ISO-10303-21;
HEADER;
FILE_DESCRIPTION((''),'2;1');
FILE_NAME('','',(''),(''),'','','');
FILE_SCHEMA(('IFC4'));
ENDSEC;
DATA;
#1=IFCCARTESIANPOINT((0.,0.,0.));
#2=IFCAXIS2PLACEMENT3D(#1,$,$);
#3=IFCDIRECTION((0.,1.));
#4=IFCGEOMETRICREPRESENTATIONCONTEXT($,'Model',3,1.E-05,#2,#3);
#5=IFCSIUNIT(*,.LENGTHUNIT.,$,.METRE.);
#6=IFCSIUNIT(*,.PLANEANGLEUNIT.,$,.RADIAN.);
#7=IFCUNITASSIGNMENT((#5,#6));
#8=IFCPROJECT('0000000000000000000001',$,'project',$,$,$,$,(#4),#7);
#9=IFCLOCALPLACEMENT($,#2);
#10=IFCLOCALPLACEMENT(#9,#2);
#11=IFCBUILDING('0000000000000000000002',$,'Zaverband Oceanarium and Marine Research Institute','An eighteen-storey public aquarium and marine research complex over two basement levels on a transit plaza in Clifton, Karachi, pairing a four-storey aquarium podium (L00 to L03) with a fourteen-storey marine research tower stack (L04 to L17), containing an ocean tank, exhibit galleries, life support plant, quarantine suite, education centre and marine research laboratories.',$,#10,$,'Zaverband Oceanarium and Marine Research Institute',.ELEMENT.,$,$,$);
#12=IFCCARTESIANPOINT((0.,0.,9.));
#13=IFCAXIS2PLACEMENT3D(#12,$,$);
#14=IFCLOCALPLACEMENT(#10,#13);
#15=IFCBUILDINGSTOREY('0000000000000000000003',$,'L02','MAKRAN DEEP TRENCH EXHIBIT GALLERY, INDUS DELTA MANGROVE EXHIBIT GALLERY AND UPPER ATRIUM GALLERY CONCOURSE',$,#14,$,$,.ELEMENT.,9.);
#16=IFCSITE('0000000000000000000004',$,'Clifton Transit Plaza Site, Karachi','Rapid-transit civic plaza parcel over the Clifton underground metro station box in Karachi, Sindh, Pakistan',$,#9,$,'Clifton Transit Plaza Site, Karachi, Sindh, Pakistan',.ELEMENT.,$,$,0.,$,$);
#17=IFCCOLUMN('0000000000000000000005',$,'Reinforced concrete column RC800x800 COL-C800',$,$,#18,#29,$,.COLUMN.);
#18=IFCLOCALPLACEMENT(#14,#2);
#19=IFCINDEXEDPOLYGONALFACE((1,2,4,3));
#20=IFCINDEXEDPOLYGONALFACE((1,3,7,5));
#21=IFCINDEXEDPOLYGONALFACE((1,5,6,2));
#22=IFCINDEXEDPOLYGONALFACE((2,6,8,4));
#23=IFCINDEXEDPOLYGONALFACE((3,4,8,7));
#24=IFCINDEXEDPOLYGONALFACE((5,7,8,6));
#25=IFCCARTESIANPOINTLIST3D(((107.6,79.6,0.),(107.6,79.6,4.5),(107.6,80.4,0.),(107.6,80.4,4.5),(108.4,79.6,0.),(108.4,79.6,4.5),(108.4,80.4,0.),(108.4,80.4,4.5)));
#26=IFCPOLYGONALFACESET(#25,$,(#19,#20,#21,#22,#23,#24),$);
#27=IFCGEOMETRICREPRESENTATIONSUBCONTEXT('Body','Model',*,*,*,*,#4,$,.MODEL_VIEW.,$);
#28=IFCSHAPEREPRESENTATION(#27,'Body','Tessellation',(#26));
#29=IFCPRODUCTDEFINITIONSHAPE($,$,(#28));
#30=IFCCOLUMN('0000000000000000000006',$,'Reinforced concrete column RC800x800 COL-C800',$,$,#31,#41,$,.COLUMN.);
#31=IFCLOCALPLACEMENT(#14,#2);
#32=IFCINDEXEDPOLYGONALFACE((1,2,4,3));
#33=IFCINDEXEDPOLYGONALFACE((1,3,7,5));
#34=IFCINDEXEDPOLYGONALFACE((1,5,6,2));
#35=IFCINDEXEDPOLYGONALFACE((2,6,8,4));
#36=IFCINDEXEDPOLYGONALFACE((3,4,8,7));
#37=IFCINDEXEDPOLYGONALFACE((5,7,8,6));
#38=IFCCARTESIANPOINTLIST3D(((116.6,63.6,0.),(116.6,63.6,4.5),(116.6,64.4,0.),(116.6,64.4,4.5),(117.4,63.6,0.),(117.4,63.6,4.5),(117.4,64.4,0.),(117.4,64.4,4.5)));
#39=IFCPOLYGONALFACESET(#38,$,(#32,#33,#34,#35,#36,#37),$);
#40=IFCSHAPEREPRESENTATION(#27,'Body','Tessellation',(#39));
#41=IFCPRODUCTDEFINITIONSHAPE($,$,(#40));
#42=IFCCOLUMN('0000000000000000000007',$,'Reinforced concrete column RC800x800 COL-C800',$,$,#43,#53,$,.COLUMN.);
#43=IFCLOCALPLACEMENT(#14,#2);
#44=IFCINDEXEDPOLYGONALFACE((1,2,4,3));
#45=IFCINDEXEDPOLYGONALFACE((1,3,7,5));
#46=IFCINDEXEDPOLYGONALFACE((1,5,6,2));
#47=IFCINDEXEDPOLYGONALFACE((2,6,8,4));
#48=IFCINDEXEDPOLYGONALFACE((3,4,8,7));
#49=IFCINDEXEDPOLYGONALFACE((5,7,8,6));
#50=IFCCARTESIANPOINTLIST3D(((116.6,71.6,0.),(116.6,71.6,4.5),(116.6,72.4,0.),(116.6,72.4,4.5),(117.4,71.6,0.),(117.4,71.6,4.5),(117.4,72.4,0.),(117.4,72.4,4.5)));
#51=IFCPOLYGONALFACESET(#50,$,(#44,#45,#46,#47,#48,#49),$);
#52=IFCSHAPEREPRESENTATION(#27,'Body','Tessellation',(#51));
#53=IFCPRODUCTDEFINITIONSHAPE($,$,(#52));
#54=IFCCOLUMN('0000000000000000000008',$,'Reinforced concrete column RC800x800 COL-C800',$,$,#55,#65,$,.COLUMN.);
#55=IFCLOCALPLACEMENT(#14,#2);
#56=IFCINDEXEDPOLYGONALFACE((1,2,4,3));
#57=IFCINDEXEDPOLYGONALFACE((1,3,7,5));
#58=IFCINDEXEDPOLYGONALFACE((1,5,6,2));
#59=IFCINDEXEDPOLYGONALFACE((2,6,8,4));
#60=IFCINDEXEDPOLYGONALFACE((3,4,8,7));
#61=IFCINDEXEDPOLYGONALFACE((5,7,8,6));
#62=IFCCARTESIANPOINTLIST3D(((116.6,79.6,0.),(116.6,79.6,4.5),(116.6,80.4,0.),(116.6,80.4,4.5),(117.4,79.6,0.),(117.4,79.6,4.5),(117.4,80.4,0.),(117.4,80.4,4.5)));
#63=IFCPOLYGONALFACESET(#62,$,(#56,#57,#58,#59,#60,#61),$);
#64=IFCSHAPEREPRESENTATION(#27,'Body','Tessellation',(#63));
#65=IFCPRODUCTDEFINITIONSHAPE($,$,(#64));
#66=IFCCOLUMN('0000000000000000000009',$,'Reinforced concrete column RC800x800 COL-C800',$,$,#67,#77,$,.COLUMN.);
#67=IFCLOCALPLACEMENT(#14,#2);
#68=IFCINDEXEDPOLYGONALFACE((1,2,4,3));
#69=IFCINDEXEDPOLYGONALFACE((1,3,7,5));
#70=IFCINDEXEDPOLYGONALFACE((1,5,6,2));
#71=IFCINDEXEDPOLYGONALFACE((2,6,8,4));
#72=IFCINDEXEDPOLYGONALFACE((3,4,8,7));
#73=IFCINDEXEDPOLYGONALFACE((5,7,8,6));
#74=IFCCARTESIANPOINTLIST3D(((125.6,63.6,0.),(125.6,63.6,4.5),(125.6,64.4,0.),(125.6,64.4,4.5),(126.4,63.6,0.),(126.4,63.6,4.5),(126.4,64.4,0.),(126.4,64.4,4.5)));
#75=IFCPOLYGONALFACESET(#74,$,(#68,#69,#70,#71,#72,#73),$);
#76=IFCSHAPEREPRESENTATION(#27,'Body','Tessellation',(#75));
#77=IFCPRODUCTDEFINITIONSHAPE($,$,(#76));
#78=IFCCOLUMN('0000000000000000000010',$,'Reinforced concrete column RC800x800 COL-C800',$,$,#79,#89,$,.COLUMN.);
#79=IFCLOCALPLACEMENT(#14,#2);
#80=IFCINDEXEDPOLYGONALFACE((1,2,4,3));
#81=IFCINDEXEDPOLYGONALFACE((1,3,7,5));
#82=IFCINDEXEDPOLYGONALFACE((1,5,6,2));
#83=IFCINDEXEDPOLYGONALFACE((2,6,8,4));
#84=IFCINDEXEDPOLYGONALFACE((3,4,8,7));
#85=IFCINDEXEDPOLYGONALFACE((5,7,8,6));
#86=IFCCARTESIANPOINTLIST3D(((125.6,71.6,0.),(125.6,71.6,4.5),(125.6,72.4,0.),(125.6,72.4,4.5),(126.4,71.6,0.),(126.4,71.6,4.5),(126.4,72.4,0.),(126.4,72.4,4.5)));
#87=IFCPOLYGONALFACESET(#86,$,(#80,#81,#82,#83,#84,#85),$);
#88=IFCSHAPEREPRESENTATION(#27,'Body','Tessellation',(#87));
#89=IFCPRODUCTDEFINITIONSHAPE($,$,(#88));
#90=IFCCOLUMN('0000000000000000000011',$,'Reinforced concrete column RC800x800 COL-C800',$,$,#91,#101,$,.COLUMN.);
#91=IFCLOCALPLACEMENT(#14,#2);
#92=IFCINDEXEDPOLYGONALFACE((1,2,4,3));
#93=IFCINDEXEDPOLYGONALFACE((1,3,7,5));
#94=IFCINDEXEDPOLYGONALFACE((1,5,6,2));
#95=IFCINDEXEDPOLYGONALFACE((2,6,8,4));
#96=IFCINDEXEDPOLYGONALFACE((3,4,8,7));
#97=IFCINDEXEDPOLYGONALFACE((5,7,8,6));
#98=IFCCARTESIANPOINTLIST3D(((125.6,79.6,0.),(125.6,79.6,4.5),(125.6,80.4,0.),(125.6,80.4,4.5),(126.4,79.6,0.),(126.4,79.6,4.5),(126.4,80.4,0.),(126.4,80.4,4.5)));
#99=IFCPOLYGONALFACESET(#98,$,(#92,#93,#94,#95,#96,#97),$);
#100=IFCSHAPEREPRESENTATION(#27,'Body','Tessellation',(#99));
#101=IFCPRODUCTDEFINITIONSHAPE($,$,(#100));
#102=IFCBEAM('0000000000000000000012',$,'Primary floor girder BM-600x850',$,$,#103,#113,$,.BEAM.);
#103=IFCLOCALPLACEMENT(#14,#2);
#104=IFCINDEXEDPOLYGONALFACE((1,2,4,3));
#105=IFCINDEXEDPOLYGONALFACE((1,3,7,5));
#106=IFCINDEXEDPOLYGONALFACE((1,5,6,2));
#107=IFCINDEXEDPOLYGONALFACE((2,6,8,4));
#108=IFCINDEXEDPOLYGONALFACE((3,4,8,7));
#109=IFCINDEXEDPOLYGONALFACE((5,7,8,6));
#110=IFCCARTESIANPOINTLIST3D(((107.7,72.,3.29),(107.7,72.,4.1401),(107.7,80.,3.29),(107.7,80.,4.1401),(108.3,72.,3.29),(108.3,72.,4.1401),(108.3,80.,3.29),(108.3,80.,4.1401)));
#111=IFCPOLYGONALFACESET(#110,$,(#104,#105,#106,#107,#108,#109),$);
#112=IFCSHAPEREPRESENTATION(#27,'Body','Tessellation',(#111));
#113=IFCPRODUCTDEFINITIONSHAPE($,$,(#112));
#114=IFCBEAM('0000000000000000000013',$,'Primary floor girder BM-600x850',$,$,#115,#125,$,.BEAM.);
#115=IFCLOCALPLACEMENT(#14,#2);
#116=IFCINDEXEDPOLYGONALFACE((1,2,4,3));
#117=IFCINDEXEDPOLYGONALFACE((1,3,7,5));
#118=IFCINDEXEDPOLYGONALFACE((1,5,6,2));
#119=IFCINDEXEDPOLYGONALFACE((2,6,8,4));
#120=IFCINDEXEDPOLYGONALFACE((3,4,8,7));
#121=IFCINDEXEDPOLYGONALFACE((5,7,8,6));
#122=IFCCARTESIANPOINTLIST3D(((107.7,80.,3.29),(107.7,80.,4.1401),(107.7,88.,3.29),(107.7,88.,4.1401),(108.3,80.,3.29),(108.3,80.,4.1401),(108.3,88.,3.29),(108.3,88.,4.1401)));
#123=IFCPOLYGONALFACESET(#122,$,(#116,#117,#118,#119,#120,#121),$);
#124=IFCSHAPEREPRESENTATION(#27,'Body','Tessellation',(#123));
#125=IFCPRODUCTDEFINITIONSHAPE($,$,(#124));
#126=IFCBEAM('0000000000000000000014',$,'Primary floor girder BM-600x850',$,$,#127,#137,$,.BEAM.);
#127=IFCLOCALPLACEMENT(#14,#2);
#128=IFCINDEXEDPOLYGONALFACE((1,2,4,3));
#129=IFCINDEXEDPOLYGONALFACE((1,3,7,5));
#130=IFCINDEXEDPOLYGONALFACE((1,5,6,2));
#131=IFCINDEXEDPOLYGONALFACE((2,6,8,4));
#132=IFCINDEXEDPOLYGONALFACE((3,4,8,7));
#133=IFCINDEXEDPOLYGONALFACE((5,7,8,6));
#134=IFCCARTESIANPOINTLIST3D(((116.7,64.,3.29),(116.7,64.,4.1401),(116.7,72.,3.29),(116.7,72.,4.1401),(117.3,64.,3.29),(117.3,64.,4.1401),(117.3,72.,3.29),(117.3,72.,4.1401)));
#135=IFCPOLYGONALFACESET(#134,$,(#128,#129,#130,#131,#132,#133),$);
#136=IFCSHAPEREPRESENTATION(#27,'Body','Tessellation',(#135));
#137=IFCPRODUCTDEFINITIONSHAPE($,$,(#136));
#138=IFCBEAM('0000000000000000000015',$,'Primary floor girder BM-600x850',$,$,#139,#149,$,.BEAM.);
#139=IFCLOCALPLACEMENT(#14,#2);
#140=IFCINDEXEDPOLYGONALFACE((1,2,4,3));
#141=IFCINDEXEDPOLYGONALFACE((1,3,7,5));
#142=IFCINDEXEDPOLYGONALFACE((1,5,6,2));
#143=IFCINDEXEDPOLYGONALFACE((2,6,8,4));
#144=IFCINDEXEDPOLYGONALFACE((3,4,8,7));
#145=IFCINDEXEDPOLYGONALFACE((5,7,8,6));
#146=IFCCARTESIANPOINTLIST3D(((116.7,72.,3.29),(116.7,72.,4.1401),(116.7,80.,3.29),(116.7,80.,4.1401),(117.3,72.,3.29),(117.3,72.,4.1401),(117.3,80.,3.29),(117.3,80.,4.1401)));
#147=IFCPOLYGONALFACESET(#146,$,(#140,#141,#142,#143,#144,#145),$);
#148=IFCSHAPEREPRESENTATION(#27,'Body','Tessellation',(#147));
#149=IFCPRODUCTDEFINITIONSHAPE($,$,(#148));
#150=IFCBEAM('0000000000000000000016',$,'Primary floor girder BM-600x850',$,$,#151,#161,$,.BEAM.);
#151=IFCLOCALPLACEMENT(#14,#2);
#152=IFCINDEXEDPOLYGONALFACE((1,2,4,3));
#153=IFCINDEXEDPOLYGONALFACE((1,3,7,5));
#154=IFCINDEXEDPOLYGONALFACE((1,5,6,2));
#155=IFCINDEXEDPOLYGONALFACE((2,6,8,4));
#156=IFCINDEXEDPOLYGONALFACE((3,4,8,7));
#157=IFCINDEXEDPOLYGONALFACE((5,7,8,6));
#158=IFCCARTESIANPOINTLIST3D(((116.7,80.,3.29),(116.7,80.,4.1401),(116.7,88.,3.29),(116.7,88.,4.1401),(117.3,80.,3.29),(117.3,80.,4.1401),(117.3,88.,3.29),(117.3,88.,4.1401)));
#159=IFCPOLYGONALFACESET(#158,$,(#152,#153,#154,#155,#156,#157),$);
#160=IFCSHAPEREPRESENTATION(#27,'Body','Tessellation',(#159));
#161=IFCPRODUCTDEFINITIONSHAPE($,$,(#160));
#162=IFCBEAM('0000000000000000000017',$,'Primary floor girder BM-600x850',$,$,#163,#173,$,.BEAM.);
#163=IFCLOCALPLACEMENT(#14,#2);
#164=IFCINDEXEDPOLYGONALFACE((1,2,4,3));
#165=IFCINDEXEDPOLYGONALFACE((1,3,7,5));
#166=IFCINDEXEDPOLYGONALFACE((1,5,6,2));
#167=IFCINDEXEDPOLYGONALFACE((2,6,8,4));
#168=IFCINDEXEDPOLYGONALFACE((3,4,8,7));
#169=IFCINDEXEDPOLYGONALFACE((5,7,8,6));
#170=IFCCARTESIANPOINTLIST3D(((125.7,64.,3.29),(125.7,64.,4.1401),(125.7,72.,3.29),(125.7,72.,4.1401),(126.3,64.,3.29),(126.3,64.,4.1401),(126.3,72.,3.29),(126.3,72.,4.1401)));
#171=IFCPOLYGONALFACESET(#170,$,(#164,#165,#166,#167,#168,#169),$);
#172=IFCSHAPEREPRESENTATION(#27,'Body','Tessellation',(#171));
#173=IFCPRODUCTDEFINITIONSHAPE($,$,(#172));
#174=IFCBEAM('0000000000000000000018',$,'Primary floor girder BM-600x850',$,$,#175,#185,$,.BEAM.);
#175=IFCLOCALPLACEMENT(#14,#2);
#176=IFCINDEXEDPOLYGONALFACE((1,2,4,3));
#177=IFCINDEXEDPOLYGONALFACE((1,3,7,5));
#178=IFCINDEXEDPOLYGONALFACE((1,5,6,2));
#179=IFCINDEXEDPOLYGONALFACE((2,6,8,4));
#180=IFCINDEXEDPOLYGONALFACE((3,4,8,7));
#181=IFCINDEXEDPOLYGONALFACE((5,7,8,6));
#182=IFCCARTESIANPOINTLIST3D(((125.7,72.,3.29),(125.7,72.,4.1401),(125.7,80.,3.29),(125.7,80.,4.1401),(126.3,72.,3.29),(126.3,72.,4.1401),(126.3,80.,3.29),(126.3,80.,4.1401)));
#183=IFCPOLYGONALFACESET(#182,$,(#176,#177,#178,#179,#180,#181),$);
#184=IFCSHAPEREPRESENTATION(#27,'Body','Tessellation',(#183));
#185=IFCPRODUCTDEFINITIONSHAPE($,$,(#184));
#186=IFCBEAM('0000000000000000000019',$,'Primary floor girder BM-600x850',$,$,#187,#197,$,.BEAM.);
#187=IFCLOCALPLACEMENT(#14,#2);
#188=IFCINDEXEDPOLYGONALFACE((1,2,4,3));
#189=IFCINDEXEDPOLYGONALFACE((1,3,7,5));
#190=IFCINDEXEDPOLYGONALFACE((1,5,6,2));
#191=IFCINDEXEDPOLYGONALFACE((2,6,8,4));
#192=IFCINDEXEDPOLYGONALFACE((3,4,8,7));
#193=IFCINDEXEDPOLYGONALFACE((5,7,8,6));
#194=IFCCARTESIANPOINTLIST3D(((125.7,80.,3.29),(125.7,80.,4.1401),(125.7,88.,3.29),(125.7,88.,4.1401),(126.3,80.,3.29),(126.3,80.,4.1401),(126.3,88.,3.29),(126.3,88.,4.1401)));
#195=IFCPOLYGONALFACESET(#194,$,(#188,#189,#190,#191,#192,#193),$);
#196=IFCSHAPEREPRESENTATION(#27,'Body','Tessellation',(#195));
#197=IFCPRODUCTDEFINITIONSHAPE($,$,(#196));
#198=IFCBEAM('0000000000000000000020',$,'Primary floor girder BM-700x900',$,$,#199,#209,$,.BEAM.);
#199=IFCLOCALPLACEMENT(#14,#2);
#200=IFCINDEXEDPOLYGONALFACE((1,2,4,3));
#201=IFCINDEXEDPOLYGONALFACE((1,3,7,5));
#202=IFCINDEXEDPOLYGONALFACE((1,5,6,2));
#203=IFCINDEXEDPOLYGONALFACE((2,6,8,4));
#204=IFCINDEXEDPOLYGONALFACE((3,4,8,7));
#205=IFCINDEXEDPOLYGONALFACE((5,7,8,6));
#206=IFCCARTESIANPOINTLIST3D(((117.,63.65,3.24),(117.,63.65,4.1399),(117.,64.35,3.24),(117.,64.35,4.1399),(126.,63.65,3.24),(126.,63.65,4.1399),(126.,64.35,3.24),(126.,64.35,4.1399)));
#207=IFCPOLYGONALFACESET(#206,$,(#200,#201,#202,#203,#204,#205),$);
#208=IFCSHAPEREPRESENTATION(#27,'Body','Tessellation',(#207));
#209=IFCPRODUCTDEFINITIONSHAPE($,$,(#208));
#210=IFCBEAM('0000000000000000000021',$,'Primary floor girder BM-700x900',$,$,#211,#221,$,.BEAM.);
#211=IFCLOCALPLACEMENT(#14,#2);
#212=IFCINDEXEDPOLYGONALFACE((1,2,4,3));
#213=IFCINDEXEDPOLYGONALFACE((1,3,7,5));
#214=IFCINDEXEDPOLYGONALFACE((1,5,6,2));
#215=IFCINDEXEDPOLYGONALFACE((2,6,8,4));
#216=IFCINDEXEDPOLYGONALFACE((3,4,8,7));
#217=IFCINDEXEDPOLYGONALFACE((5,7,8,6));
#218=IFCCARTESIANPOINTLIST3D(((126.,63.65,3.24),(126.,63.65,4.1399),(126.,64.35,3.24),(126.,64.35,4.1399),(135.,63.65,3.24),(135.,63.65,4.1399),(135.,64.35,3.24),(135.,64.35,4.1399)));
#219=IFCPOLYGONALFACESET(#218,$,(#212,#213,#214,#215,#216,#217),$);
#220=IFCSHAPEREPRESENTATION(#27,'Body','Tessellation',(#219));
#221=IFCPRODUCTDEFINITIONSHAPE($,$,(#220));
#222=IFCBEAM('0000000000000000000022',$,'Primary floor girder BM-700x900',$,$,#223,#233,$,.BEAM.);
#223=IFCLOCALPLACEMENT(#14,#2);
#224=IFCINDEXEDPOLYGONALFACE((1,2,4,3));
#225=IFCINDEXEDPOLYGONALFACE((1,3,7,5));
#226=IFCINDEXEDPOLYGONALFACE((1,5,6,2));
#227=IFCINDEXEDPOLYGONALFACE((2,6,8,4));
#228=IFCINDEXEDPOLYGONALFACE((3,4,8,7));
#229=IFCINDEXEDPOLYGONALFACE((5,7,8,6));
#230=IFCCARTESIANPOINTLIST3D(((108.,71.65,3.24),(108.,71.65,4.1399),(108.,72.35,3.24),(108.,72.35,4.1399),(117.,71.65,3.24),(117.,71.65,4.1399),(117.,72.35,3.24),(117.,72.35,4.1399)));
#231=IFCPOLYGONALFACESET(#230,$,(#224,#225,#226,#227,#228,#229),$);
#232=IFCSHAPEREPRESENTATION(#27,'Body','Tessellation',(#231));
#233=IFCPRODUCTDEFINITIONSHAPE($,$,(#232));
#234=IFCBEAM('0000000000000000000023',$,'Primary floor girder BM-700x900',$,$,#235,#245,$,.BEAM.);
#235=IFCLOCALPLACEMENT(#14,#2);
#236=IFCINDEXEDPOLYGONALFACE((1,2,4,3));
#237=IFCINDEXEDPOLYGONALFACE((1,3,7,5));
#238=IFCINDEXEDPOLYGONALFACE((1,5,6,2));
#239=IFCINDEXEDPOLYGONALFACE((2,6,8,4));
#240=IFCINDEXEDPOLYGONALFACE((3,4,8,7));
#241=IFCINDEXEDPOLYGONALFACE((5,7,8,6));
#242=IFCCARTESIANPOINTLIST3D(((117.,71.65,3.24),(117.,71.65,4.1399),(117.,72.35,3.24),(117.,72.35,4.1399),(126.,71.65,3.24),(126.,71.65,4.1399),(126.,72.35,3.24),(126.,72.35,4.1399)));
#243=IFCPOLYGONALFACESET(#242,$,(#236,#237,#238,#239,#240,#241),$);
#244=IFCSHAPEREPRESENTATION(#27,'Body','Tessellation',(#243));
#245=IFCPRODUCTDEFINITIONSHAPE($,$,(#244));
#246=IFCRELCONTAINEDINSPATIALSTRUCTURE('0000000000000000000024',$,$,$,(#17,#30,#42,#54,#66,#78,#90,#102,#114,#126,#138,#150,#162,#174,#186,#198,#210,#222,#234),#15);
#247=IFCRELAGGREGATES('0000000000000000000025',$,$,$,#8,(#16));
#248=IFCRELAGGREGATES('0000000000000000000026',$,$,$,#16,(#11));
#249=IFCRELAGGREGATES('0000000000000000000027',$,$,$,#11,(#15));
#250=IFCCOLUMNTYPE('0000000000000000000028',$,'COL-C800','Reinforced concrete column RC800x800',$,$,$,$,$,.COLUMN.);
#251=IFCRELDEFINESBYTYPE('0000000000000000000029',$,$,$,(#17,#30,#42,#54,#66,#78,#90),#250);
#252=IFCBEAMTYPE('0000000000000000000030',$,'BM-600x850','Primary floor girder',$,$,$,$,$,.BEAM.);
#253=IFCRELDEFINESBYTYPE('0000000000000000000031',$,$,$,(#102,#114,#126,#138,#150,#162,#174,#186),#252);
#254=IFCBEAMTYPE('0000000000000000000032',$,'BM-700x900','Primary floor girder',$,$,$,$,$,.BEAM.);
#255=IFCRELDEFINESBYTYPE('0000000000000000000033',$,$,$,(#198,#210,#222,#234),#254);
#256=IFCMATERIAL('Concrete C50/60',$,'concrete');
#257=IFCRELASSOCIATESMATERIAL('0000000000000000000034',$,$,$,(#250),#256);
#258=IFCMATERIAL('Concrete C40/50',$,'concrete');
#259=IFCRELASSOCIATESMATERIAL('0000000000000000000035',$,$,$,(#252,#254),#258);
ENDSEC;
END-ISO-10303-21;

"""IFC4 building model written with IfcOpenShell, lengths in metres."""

from ifc_helpers import new_model, si_unit, direction, frame, origin, origin_2d, place, context, subcontext, project, spatial, rectangle, extrude, material, material_profile, profile_set, type_object, element, save


model = new_model("IFC4")

# Units and contexts
model_context = context("Model", 3, precision=1e-05, world=origin(), true_north=direction((0.0, 1.0)))
body_context = subcontext(model_context, "Body", "Model", "MODEL_VIEW")
ifc_project = project(units=[si_unit("LENGTHUNIT", "METRE"), si_unit("PLANEANGLEUNIT", "RADIAN")], contexts=[model_context])

# Site, building, storey
site_placement = place(None, origin())
site = spatial("IfcSite", under=ifc_project, at=site_placement, Name="Clifton Transit Plaza Site, Karachi", Description="Rapid-transit civic plaza parcel over the Clifton underground metro station box in Karachi, Sindh, Pakistan", LongName="Clifton Transit Plaza Site, Karachi, Sindh, Pakistan", CompositionType="ELEMENT", RefElevation=0.0)
building_placement = place(site_placement, origin())
building = spatial("IfcBuilding", under=site, at=building_placement, Name="Zaverband Oceanarium and Marine Research Institute", Description="An eighteen-storey public aquarium and marine research complex over two basement levels on a transit plaza in Clifton, Karachi, pairing a four-storey aquarium podium (L00 to L03) with a fourteen-storey marine research tower stack (L04 to L17), containing an ocean tank, exhibit galleries, life support plant, quarantine suite, education centre and marine research laboratories.", LongName="Zaverband Oceanarium and Marine Research Institute", CompositionType="ELEMENT")
storey_placement = place(building_placement, frame((0.0, 0.0, 9.0)))
storey = spatial("IfcBuildingStorey", under=building, at=storey_placement, Name="L02", Description="MAKRAN DEEP TRENCH EXHIBIT GALLERY, INDUS DELTA MANGROVE EXHIBIT GALLERY AND UPPER ATRIUM GALLERY CONCOURSE", CompositionType="ELEMENT", Elevation=9.0)

# Columns
ifc_material_1 = material(Name="Concrete C50/60", Category="concrete")
ifc_material_profile_1 = material_profile(ifc_material_1, rectangle(XDim=0.8, YDim=0.8, at=origin_2d()), Name="RC800x800")
ifc_profile_set_1 = profile_set([ifc_material_profile_1], Name="Concrete C50/60")
column_type = type_object("IfcColumnType", Name="COL-C800", Description="Reinforced concrete column RC800x800", PredefinedType="COLUMN", material=ifc_profile_set_1)
for number, where, z_axis, x_axis, name in (
    (1, (108.0, 80.0, 0.0), (0.0, 0.0, 1.0), (1.0, 0.0, 0.0), "Reinforced concrete column RC800x800 COL-C800"),
    (2, (117.0, 64.0, 0.0), (0.0, 0.0, 1.0), (1.0, 0.0, 0.0), "Reinforced concrete column RC800x800 COL-C800"),
    (3, (117.0, 72.0, 0.0), (0.0, 0.0, 1.0), (1.0, 0.0, 0.0), "Reinforced concrete column RC800x800 COL-C800"),
    (4, (117.0, 80.0, 0.0), (0.0, 0.0, 1.0), (1.0, 0.0, 0.0), "Reinforced concrete column RC800x800 COL-C800"),
    (5, (126.0, 64.0, 0.0), (0.0, 0.0, 1.0), (1.0, 0.0, 0.0), "Reinforced concrete column RC800x800 COL-C800"),
    (6, (126.0, 72.0, 0.0), (0.0, 0.0, 1.0), (1.0, 0.0, 0.0), "Reinforced concrete column RC800x800 COL-C800"),
    (7, (126.0, 80.0, 0.0), (0.0, 0.0, 1.0), (1.0, 0.0, 0.0), "Reinforced concrete column RC800x800 COL-C800"),
):
    element("IfcColumn", number, at=place(storey_placement, frame(where, z_axis=z_axis, x_axis=x_axis)), inside=storey, type_object=column_type, Name=name, PredefinedType="COLUMN", context=body_context, shape_type="SweptSolid", body=[
        extrude(rectangle(XDim=0.8, YDim=0.8, at=origin_2d()), origin(), (0.0, 0.0, 1.0), 4.5),
    ])

# Beams
ifc_material_2 = material(Name="Concrete C40/50", Category="concrete")
ifc_material_profile_2 = material_profile(ifc_material_2, rectangle(XDim=0.6001, YDim=0.8501, at=origin_2d()), Name="RC600x850")
ifc_profile_set_2 = profile_set([ifc_material_profile_2], Name="Concrete C40/50")
beam_type_1 = type_object("IfcBeamType", Name="BM-600x850", Description="Primary floor girder", PredefinedType="BEAM", material=ifc_profile_set_2)
for number, where, z_axis, x_axis, name in (
    (8, (108.0, 72.0, 3.7151), (0.0, 1.0, 0.0), (-1.0, 0.0, 0.0), "Primary floor girder BM-600x850"),
    (9, (108.0, 80.0, 3.7151), (0.0, 1.0, 0.0), (-1.0, 0.0, 0.0), "Primary floor girder BM-600x850"),
    (10, (117.0, 64.0, 3.7151), (0.0, 1.0, 0.0), (-1.0, 0.0, 0.0), "Primary floor girder BM-600x850"),
    (11, (117.0, 72.0, 3.7151), (0.0, 1.0, 0.0), (-1.0, 0.0, 0.0), "Primary floor girder BM-600x850"),
    (12, (117.0, 80.0, 3.7151), (0.0, 1.0, 0.0), (-1.0, 0.0, 0.0), "Primary floor girder BM-600x850"),
    (13, (126.0, 64.0, 3.7151), (0.0, 1.0, 0.0), (-1.0, 0.0, 0.0), "Primary floor girder BM-600x850"),
    (14, (126.0, 72.0, 3.7151), (0.0, 1.0, 0.0), (-1.0, 0.0, 0.0), "Primary floor girder BM-600x850"),
    (15, (126.0, 80.0, 3.7151), (0.0, 1.0, 0.0), (-1.0, 0.0, 0.0), "Primary floor girder BM-600x850"),
):
    element("IfcBeam", number, at=place(storey_placement, frame(where, z_axis=z_axis, x_axis=x_axis)), inside=storey, type_object=beam_type_1, Name=name, PredefinedType="BEAM", context=body_context, shape_type="SweptSolid", body=[
        extrude(rectangle(XDim=0.6001, YDim=0.8501, at=origin_2d()), origin(), (0.0, 0.0, 1.0), 8.0),
    ])
ifc_material_profile_3 = material_profile(ifc_material_2, rectangle(XDim=0.7, YDim=0.8999, at=origin_2d()), Name="RC700x900")
ifc_profile_set_3 = profile_set([ifc_material_profile_3], Name="Concrete C40/50")
beam_type_2 = type_object("IfcBeamType", Name="BM-700x900", Description="Primary floor girder", PredefinedType="BEAM", material=ifc_profile_set_3)
for number, where, z_axis, x_axis, name in (
    (16, (117.0, 64.0, 3.6899), (1.0, 0.0, 0.0), (0.0, 1.0, 0.0), "Primary floor girder BM-700x900"),
    (17, (126.0, 64.0, 3.6899), (1.0, 0.0, 0.0), (0.0, 1.0, 0.0), "Primary floor girder BM-700x900"),
    (18, (108.0, 72.0, 3.6899), (1.0, 0.0, 0.0), (0.0, 1.0, 0.0), "Primary floor girder BM-700x900"),
    (19, (117.0, 72.0, 3.6899), (1.0, 0.0, 0.0), (0.0, 1.0, 0.0), "Primary floor girder BM-700x900"),
):
    element("IfcBeam", number, at=place(storey_placement, frame(where, z_axis=z_axis, x_axis=x_axis)), inside=storey, type_object=beam_type_2, Name=name, PredefinedType="BEAM", context=body_context, shape_type="SweptSolid", body=[
        extrude(rectangle(XDim=0.7, YDim=0.8999, at=origin_2d()), origin(), (0.0, 0.0, 1.0), 9.0),
    ])

save(model, "model.ifc")
